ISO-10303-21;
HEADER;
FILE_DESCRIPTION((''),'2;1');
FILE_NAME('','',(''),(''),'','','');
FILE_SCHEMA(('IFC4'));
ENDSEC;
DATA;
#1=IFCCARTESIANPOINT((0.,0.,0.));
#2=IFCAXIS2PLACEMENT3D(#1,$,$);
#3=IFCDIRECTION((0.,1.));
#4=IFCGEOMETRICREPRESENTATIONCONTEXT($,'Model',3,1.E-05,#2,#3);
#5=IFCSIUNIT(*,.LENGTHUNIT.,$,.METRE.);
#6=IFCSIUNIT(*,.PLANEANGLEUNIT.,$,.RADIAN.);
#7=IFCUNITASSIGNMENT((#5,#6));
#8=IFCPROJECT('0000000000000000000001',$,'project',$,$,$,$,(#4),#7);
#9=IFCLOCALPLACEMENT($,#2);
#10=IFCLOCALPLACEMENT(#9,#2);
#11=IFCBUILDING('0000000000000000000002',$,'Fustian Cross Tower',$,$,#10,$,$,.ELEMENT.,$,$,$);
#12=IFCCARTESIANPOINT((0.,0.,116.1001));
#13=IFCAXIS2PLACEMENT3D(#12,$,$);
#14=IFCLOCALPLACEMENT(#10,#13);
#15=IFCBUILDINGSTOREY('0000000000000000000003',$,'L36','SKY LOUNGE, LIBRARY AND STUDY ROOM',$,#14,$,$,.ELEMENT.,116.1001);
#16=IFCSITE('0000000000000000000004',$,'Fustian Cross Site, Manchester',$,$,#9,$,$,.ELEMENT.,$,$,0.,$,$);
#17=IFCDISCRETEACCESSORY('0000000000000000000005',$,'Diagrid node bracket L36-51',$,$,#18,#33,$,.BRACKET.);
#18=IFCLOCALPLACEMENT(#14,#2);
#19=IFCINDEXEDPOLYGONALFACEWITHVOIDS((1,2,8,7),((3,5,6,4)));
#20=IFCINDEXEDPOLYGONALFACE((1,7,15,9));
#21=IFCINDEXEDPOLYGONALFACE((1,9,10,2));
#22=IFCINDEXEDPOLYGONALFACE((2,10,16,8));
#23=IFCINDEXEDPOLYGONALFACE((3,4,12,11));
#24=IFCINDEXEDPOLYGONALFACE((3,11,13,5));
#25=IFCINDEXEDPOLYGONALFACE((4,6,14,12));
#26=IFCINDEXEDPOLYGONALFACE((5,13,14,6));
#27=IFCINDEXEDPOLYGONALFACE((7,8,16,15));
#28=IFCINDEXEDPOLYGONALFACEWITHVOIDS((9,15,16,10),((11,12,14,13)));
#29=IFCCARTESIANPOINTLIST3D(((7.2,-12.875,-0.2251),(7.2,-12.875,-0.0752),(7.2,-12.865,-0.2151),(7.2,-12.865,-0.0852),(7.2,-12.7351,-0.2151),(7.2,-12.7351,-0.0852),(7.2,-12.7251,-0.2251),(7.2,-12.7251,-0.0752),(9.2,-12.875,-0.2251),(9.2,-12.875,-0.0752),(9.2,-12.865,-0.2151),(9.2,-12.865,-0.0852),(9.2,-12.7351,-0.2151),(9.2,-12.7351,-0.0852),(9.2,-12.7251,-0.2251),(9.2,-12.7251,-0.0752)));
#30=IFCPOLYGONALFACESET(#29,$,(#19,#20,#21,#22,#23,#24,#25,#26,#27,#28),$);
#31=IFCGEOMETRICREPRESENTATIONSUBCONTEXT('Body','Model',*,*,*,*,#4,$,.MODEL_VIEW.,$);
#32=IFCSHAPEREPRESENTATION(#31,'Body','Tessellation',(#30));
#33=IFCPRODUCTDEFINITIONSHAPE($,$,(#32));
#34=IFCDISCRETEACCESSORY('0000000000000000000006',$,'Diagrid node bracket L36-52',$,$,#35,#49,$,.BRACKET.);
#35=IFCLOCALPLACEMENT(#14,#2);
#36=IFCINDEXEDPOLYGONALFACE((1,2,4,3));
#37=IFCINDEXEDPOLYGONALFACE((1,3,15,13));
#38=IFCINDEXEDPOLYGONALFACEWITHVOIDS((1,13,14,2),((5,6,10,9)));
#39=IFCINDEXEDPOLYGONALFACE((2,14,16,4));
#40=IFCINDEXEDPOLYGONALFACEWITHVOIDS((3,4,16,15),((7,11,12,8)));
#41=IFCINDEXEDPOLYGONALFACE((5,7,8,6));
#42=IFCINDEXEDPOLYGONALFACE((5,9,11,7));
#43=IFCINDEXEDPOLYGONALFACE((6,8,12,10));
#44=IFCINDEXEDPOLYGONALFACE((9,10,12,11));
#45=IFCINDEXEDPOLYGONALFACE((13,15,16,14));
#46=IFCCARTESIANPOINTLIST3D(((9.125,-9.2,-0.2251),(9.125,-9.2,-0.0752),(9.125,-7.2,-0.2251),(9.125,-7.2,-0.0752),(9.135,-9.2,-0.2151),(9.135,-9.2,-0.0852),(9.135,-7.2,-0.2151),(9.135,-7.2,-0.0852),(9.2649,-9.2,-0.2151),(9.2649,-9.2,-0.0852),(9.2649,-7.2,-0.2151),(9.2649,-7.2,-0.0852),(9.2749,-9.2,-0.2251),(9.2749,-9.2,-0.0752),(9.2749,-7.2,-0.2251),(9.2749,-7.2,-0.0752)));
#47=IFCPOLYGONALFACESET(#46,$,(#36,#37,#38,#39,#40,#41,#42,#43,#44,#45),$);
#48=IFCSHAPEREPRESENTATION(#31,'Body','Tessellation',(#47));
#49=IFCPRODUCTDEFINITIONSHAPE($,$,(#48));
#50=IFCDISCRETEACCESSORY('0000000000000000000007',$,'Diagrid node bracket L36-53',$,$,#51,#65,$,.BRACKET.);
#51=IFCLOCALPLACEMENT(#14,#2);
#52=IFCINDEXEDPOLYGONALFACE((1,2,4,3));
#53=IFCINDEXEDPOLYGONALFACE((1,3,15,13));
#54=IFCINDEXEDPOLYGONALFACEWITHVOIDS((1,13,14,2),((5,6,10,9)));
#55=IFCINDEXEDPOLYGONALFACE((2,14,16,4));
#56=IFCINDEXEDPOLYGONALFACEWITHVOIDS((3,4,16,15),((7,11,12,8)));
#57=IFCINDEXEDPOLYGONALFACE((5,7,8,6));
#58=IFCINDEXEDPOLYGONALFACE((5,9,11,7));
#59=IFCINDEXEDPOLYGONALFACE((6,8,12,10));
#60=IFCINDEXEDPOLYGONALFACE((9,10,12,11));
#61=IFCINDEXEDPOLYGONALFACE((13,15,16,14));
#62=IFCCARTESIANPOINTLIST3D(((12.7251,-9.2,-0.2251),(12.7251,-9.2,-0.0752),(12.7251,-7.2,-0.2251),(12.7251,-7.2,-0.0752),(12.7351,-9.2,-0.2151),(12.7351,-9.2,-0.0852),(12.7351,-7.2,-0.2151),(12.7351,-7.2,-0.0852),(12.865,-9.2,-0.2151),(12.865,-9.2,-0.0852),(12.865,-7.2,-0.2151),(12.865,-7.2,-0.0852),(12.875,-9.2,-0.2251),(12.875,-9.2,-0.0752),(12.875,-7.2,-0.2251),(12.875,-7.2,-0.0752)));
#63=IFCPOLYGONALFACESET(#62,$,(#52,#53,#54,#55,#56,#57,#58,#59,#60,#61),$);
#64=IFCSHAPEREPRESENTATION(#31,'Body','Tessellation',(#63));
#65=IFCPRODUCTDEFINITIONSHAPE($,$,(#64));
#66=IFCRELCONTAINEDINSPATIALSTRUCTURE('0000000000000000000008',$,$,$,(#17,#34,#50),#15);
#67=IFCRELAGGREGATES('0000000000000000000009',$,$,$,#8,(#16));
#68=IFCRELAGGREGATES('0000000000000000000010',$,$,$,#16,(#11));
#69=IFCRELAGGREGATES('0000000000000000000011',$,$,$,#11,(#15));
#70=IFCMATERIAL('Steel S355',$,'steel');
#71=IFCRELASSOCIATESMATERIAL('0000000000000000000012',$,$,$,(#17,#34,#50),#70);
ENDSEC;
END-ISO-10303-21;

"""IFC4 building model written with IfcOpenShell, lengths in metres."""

from ifc_helpers import new_model, si_unit, direction, frame, origin, origin_2d, place, context, subcontext, project, spatial, hollow_rectangle, extrude, material, element, save


model = new_model("IFC4")

# Units and contexts
model_context = context("Model", 3, precision=1e-05, world=origin(), true_north=direction((0.0, 1.0)))
body_context = subcontext(model_context, "Body", "Model", "MODEL_VIEW")
ifc_project = project(units=[si_unit("LENGTHUNIT", "METRE"), si_unit("PLANEANGLEUNIT", "RADIAN")], contexts=[model_context])

# Site, building, storey
site_placement = place(None, origin())
site = spatial("IfcSite", under=ifc_project, at=site_placement, Name="Fustian Cross Site, Manchester", CompositionType="ELEMENT", RefElevation=0.0)
building_placement = place(site_placement, origin())
building = spatial("IfcBuilding", under=site, at=building_placement, Name="Fustian Cross Tower", CompositionType="ELEMENT")
storey_placement = place(building_placement, frame((0.0, 0.0, 116.1001)))
storey = spatial("IfcBuildingStorey", under=building, at=storey_placement, Name="L36", Description="SKY LOUNGE, LIBRARY AND STUDY ROOM", CompositionType="ELEMENT", Elevation=116.1001)

# Discrete accessories
ifc_material_1 = material(Name="Steel S355", Category="steel")
for number, where, z_axis, x_axis, name in (
    (1, (9.2, -12.8, -0.1501), (-1.0, 0.0, 0.0), (0.0, -1.0, 0.0), "Diagrid node bracket L36-51"),
    (2, (9.2, -9.2, -0.1501), (0.0, 1.0, 0.0), (-1.0, 0.0, 0.0), "Diagrid node bracket L36-52"),
    (3, (12.8, -9.2, -0.1501), (0.0, 1.0, 0.0), (-1.0, 0.0, 0.0), "Diagrid node bracket L36-53"),
):
    element("IfcDiscreteAccessory", number, at=place(storey_placement, frame(where, z_axis=z_axis, x_axis=x_axis)), inside=storey, material=ifc_material_1, Name=name, PredefinedType="BRACKET", context=body_context, shape_type="SweptSolid", body=[
        extrude(hollow_rectangle(XDim=0.1499, YDim=0.1499, WallThickness=0.01, at=origin_2d()), origin(), (0.0, 0.0, 1.0), 2.0),
    ])

save(model, "model.ifc")
